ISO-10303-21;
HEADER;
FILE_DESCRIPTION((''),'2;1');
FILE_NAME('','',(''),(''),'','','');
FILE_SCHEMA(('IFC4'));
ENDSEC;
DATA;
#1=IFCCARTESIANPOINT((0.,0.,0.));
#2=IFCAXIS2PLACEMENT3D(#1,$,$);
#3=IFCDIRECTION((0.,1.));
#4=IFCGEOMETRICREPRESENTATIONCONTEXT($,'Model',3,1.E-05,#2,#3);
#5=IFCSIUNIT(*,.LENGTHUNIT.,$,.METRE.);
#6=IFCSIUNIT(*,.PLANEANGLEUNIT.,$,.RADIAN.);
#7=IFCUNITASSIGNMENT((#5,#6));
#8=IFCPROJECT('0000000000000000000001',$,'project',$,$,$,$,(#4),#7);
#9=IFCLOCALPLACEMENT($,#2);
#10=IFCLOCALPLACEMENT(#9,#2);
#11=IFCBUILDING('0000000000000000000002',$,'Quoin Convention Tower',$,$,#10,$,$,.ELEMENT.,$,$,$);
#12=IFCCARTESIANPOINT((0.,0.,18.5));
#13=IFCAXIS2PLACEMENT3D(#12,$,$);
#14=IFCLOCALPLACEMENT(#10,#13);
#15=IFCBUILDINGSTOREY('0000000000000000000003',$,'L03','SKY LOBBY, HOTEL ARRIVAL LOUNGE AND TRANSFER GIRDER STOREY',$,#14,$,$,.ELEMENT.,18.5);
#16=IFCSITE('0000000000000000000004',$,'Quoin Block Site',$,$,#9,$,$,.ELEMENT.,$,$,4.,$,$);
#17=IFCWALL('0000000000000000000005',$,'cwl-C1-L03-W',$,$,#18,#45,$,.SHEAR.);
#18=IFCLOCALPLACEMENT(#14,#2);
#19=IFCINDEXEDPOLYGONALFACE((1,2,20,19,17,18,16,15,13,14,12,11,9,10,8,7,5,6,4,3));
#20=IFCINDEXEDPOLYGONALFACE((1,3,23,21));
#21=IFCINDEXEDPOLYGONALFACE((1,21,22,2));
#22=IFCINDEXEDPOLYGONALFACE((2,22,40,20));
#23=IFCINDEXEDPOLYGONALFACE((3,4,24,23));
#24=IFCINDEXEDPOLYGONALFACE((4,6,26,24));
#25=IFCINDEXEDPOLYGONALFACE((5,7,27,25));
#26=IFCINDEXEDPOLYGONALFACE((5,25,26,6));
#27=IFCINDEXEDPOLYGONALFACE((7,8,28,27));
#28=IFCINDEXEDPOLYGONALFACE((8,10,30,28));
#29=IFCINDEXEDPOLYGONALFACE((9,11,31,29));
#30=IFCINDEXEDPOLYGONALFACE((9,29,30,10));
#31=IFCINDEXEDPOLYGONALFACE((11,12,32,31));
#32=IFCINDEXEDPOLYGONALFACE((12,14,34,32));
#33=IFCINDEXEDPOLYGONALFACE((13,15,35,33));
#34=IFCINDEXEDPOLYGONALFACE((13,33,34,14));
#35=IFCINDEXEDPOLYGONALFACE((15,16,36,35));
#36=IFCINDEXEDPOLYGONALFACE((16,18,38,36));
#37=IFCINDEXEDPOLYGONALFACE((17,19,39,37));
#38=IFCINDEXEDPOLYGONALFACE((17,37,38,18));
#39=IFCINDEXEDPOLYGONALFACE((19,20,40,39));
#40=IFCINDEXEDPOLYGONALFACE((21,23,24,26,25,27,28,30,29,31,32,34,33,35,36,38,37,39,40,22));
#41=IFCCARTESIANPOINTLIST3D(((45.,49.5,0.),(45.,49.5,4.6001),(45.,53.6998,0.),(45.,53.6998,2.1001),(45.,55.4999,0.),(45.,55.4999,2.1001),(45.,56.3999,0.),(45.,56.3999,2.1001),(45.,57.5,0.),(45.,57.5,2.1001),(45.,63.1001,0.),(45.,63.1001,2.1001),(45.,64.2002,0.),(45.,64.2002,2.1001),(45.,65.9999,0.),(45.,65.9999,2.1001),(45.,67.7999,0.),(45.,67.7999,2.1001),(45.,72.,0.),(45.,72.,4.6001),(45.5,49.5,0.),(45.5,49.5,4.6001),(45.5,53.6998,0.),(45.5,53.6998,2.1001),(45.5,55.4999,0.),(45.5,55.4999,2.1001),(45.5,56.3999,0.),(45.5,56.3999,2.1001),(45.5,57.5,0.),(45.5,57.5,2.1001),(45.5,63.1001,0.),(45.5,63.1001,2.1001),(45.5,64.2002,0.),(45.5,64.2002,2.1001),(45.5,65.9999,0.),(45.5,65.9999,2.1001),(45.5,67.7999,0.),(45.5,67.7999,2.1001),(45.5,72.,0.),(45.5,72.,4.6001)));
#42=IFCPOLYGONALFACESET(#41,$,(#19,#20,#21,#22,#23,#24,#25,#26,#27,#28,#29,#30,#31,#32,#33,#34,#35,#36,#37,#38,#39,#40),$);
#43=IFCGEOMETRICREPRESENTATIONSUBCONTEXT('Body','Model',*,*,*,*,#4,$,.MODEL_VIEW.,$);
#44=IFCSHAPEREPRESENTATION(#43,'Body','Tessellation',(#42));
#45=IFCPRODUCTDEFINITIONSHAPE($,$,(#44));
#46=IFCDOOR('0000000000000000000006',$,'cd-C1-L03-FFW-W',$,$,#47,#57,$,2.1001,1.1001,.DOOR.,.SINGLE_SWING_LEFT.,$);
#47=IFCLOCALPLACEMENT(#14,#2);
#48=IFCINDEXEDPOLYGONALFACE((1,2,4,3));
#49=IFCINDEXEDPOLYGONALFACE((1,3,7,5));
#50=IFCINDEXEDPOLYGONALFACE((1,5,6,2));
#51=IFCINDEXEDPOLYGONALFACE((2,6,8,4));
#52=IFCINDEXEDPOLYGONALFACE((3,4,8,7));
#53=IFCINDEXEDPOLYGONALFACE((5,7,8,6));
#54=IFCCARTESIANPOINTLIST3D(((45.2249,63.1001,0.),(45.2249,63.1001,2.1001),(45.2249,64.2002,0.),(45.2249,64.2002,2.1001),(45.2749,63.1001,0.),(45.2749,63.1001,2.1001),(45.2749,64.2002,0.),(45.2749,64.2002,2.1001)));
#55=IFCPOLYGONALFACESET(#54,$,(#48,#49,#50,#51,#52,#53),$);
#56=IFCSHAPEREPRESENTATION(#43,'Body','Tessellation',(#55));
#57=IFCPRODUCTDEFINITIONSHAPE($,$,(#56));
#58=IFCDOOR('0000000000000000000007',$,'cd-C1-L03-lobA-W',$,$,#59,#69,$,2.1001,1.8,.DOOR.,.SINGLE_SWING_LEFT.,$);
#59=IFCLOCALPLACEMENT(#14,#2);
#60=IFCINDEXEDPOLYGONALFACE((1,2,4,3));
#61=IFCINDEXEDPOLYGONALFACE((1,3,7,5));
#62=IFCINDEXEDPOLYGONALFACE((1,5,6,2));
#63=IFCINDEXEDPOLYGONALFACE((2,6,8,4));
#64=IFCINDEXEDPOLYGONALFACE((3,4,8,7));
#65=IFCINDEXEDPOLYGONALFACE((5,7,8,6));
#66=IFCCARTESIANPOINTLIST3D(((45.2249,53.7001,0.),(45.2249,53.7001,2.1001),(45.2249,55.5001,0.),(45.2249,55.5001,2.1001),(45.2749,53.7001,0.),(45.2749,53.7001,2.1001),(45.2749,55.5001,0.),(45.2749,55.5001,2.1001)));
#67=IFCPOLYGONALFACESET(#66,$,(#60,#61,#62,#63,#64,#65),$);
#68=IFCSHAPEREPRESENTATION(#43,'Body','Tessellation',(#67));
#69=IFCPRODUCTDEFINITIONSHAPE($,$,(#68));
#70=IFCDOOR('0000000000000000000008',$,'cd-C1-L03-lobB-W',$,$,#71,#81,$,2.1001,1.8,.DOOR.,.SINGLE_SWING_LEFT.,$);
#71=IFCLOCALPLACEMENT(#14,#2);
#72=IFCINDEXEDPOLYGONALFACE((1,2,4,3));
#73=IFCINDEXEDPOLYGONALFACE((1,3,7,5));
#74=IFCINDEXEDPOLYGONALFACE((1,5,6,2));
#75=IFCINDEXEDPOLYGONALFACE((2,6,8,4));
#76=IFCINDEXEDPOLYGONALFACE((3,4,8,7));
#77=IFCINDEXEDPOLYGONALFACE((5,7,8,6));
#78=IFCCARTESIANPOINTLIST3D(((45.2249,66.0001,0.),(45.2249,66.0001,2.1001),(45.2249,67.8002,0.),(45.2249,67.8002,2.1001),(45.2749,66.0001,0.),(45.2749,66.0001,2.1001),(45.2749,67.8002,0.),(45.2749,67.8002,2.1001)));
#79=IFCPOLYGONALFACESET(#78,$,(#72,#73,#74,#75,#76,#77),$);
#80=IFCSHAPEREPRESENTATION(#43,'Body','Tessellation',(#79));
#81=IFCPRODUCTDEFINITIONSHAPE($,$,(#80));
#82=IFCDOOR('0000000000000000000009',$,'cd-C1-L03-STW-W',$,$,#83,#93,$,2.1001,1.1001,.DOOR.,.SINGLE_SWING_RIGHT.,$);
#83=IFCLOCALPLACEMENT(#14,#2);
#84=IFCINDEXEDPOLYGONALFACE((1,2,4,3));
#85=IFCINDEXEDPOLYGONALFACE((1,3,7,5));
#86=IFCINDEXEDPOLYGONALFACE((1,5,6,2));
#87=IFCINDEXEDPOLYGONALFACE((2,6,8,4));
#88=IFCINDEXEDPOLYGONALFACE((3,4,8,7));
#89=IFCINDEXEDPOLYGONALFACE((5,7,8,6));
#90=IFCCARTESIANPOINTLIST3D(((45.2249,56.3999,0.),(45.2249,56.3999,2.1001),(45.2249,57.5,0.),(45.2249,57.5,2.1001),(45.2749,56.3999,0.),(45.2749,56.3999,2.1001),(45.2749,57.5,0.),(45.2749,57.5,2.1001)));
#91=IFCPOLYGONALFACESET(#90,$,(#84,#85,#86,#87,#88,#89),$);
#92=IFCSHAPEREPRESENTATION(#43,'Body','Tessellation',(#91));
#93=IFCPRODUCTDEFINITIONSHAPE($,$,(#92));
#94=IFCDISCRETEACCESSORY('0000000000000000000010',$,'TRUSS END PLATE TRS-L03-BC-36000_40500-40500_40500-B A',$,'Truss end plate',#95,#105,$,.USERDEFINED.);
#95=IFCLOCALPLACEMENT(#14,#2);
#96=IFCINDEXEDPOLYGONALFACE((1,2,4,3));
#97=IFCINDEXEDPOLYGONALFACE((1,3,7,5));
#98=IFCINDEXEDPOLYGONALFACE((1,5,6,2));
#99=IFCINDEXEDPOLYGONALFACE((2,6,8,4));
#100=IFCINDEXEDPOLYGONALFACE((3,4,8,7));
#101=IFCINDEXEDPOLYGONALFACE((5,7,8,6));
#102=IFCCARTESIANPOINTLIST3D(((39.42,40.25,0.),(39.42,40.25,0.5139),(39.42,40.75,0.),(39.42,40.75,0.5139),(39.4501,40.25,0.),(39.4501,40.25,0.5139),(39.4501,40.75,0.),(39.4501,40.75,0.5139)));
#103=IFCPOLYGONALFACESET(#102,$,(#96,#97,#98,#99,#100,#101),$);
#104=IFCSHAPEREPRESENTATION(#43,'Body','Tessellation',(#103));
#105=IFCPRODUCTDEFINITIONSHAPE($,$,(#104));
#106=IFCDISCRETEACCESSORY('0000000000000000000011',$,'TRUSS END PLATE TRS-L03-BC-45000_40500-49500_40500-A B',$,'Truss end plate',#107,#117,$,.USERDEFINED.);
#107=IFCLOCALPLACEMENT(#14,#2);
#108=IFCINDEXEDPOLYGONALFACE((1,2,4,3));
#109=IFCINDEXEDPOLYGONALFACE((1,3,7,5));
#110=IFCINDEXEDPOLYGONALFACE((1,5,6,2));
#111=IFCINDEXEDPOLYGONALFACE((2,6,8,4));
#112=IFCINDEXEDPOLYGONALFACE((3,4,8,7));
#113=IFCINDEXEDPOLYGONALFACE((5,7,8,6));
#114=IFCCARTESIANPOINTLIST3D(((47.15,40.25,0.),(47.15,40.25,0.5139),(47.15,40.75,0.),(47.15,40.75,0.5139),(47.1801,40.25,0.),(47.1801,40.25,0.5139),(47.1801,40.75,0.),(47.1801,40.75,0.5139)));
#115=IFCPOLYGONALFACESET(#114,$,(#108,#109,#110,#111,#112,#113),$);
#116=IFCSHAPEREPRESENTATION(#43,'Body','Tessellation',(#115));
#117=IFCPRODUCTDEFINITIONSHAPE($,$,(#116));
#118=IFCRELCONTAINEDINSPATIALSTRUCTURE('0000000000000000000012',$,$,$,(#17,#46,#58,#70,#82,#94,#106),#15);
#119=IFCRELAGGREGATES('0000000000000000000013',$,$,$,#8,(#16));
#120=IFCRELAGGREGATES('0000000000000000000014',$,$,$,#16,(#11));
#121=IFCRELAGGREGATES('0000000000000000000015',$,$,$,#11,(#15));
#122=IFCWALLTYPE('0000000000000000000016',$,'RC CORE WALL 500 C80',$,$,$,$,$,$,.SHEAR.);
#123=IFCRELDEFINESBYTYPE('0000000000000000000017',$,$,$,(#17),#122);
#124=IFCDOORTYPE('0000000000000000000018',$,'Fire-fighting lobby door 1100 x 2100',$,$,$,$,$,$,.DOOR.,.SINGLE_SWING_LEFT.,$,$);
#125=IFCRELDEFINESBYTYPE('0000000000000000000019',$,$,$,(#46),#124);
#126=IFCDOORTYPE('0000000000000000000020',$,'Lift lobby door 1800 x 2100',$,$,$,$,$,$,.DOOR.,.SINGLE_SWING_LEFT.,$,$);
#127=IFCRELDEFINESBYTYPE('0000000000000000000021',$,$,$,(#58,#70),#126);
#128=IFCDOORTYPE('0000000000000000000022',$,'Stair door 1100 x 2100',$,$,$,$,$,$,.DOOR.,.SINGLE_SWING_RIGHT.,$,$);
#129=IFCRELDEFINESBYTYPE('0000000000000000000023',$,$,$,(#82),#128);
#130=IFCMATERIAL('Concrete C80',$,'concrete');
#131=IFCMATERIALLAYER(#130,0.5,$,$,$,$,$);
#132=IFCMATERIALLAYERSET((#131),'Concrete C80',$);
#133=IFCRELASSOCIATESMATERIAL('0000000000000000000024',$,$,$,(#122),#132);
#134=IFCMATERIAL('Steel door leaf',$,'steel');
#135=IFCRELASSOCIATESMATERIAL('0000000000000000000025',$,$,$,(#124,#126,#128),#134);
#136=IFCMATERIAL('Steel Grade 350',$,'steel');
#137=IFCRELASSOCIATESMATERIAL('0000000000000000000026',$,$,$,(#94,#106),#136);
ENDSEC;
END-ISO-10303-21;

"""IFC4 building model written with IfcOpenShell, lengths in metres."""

from ifc_helpers import new_model, si_unit, direction, frame, frame_2d, origin, origin_2d, place, context, subcontext, project, spatial, rectangle, extrude, material, layer, layer_set, type_object, element, fill, save


model = new_model("IFC4")

# Units and contexts
model_context = context("Model", 3, precision=1e-05, world=origin(), true_north=direction((0.0, 1.0)))
body_context = subcontext(model_context, "Body", "Model", "MODEL_VIEW")
ifc_project = project(units=[si_unit("LENGTHUNIT", "METRE"), si_unit("PLANEANGLEUNIT", "RADIAN")], contexts=[model_context])

# Site, building, storey
site_placement = place(None, origin())
site = spatial("IfcSite", under=ifc_project, at=site_placement, Name="Quoin Block Site", CompositionType="ELEMENT", RefElevation=4.0)
building_placement = place(site_placement, origin())
building = spatial("IfcBuilding", under=site, at=building_placement, Name="Quoin Convention Tower", CompositionType="ELEMENT")
storey_placement = place(building_placement, frame((0.0, 0.0, 18.5)))
storey = spatial("IfcBuildingStorey", under=building, at=storey_placement, Name="L03", Description="SKY LOBBY, HOTEL ARRIVAL LOUNGE AND TRANSFER GIRDER STOREY", CompositionType="ELEMENT", Elevation=18.5)

# Shared definitions
ifc_material_1 = material(Name="Concrete C80", Category="concrete")

# Shared definitions
ifc_material_2 = material(Name="Steel door leaf", Category="steel")

# Shared definitions
ifc_layer_1 = layer(ifc_material_1, 0.5)
ifc_layer_set_1 = layer_set([ifc_layer_1], Name="Concrete C80")
wall_type_1 = type_object("IfcWallType", Name="RC CORE WALL 500 C80", PredefinedType="SHEAR", material=ifc_layer_set_1)

# Wall, openings, doors
wall_1_placement = place(storey_placement, frame((45.25, 49.5, 0.0), z_axis=(0.0, 0.0, 1.0), x_axis=(0.0, 1.0, 0.0)))
wall_1 = element("IfcWall", 1, at=wall_1_placement, inside=storey, type_object=wall_type_1, Name="cwl-C1-L03-W", PredefinedType="SHEAR", context=body_context, shape_type="SweptSolid", body=[
    extrude(rectangle(XDim=22.5, YDim=0.5, at=frame_2d((11.25, 0.0))), origin(), (0.0, 0.0, 1.0), 4.6001),
])
opening_1_placement = place(wall_1_placement, frame((4.2, 0.0, 0.0)))
opening_1 = element("IfcOpeningElement", 2, at=opening_1_placement, cuts=wall_1, PredefinedType="OPENING", context=body_context, shape_type="SweptSolid", body=[
    extrude(rectangle(XDim=1.8, YDim=2.1001, at=frame_2d((0.8999, 1.05))), frame((0.0, 0.26, 0.0), z_axis=(0.0, -1.0, 0.0), x_axis=(1.0, 0.0, 0.0)), (0.0, 0.0, 1.0), 0.52),
])
opening_2_placement = place(wall_1_placement, frame((6.8999, 0.0, 0.0)))
opening_2 = element("IfcOpeningElement", 3, at=opening_2_placement, cuts=wall_1, PredefinedType="OPENING", context=body_context, shape_type="SweptSolid", body=[
    extrude(rectangle(XDim=1.1001, YDim=2.1001, at=frame_2d((0.55, 1.05))), frame((0.0, 0.26, 0.0), z_axis=(0.0, -1.0, 0.0), x_axis=(1.0, 0.0, 0.0)), (0.0, 0.0, 1.0), 0.52),
])
opening_3_placement = place(wall_1_placement, frame((13.6001, 0.0, 0.0)))
opening_3 = element("IfcOpeningElement", 4, at=opening_3_placement, cuts=wall_1, PredefinedType="OPENING", context=body_context, shape_type="SweptSolid", body=[
    extrude(rectangle(XDim=1.1001, YDim=2.1001, at=frame_2d((0.55, 1.05))), frame((0.0, 0.26, 0.0), z_axis=(0.0, -1.0, 0.0), x_axis=(1.0, 0.0, 0.0)), (0.0, 0.0, 1.0), 0.52),
])
opening_4_placement = place(wall_1_placement, frame((16.5, 0.0, 0.0)))
opening_4 = element("IfcOpeningElement", 5, at=opening_4_placement, cuts=wall_1, PredefinedType="OPENING", context=body_context, shape_type="SweptSolid", body=[
    extrude(rectangle(XDim=1.8, YDim=2.1001, at=frame_2d((0.8999, 1.05))), frame((0.0, 0.26, 0.0), z_axis=(0.0, -1.0, 0.0), x_axis=(1.0, 0.0, 0.0)), (0.0, 0.0, 1.0), 0.52),
])
door_type_1 = type_object("IfcDoorType", Name="Fire-fighting lobby door 1100 x 2100", OperationType="SINGLE_SWING_LEFT", PredefinedType="DOOR", material=ifc_material_2)
door_1_placement = place(opening_3_placement, frame((1.1001, 0.0, 0.0), z_axis=(0.0, 0.0, 1.0), x_axis=(-1.0, 0.0, 0.0)))
door_1 = element("IfcDoor", 6, at=door_1_placement, inside=storey, type_object=door_type_1, Name="cd-C1-L03-FFW-W", OperationType="SINGLE_SWING_LEFT", OverallHeight=2.1001, OverallWidth=1.1001, PredefinedType="DOOR", context=body_context, shape_type="SweptSolid", body=[
    extrude(rectangle(XDim=1.1001, YDim=2.1001, at=frame_2d((0.55, 1.05))), frame((0.0, 0.0249, 0.0), z_axis=(0.0, -1.0, 0.0), x_axis=(1.0, 0.0, 0.0)), (0.0, 0.0, 1.0), 0.05),
])
fill(opening_3, door_1)
door_type_2 = type_object("IfcDoorType", Name="Lift lobby door 1800 x 2100", OperationType="SINGLE_SWING_LEFT", PredefinedType="DOOR", material=ifc_material_2)
door_2_placement = place(opening_1_placement, frame((1.8, 0.0, 0.0), z_axis=(0.0, 0.0, 1.0), x_axis=(-1.0, 0.0, 0.0)))
door_2 = element("IfcDoor", 7, at=door_2_placement, inside=storey, type_object=door_type_2, Name="cd-C1-L03-lobA-W", OperationType="SINGLE_SWING_LEFT", OverallHeight=2.1001, OverallWidth=1.8, PredefinedType="DOOR", context=body_context, shape_type="SweptSolid", body=[
    extrude(rectangle(XDim=1.8, YDim=2.1001, at=frame_2d((0.8999, 1.05))), frame((0.0, 0.0249, 0.0), z_axis=(0.0, -1.0, 0.0), x_axis=(1.0, 0.0, 0.0)), (0.0, 0.0, 1.0), 0.05),
])
fill(opening_1, door_2)
door_3_placement = place(opening_4_placement, frame((1.8, 0.0, 0.0), z_axis=(0.0, 0.0, 1.0), x_axis=(-1.0, 0.0, 0.0)))
door_3 = element("IfcDoor", 8, at=door_3_placement, inside=storey, type_object=door_type_2, Name="cd-C1-L03-lobB-W", OperationType="SINGLE_SWING_LEFT", OverallHeight=2.1001, OverallWidth=1.8, PredefinedType="DOOR", context=body_context, shape_type="SweptSolid", body=[
    extrude(rectangle(XDim=1.8, YDim=2.1001, at=frame_2d((0.8999, 1.05))), frame((0.0, 0.0249, 0.0), z_axis=(0.0, -1.0, 0.0), x_axis=(1.0, 0.0, 0.0)), (0.0, 0.0, 1.0), 0.05),
])
fill(opening_4, door_3)
door_type_3 = type_object("IfcDoorType", Name="Stair door 1100 x 2100", OperationType="SINGLE_SWING_RIGHT", PredefinedType="DOOR", material=ifc_material_2)
door_4_placement = place(opening_2_placement, frame((1.1001, 0.0, 0.0), z_axis=(0.0, 0.0, 1.0), x_axis=(-1.0, 0.0, 0.0)))
door_4 = element("IfcDoor", 9, at=door_4_placement, inside=storey, type_object=door_type_3, Name="cd-C1-L03-STW-W", OperationType="SINGLE_SWING_RIGHT", OverallHeight=2.1001, OverallWidth=1.1001, PredefinedType="DOOR", context=body_context, shape_type="SweptSolid", body=[
    extrude(rectangle(XDim=1.1001, YDim=2.1001, at=frame_2d((0.55, 1.05))), frame((0.0, 0.0249, 0.0), z_axis=(0.0, -1.0, 0.0), x_axis=(1.0, 0.0, 0.0)), (0.0, 0.0, 1.0), 0.05),
])
fill(opening_2, door_4)

# Discrete accessories
ifc_material_3 = material(Name="Steel Grade 350", Category="steel")
for number, where, z_axis, x_axis, name in (
    (10, (39.4351, 40.5, 0.0), (0.0, 0.0, 1.0), (-1.0, 0.0, 0.0), "TRUSS END PLATE TRS-L03-BC-36000_40500-40500_40500-B A"),
    (11, (47.165, 40.5, 0.0), (0.0, 0.0, 1.0), (1.0, 0.0, 0.0), "TRUSS END PLATE TRS-L03-BC-45000_40500-49500_40500-A B"),
):
    element("IfcDiscreteAccessory", number, at=place(storey_placement, frame(where, z_axis=z_axis, x_axis=x_axis)), inside=storey, material=ifc_material_3, Name=name, ObjectType="Truss end plate", PredefinedType="USERDEFINED", context=body_context, shape_type="SweptSolid", body=[
        extrude(rectangle(XDim=0.03, YDim=0.5, at=origin_2d()), origin(), (0.0, 0.0, 1.0), 0.5139),
    ])

save(model, "model.ifc")
